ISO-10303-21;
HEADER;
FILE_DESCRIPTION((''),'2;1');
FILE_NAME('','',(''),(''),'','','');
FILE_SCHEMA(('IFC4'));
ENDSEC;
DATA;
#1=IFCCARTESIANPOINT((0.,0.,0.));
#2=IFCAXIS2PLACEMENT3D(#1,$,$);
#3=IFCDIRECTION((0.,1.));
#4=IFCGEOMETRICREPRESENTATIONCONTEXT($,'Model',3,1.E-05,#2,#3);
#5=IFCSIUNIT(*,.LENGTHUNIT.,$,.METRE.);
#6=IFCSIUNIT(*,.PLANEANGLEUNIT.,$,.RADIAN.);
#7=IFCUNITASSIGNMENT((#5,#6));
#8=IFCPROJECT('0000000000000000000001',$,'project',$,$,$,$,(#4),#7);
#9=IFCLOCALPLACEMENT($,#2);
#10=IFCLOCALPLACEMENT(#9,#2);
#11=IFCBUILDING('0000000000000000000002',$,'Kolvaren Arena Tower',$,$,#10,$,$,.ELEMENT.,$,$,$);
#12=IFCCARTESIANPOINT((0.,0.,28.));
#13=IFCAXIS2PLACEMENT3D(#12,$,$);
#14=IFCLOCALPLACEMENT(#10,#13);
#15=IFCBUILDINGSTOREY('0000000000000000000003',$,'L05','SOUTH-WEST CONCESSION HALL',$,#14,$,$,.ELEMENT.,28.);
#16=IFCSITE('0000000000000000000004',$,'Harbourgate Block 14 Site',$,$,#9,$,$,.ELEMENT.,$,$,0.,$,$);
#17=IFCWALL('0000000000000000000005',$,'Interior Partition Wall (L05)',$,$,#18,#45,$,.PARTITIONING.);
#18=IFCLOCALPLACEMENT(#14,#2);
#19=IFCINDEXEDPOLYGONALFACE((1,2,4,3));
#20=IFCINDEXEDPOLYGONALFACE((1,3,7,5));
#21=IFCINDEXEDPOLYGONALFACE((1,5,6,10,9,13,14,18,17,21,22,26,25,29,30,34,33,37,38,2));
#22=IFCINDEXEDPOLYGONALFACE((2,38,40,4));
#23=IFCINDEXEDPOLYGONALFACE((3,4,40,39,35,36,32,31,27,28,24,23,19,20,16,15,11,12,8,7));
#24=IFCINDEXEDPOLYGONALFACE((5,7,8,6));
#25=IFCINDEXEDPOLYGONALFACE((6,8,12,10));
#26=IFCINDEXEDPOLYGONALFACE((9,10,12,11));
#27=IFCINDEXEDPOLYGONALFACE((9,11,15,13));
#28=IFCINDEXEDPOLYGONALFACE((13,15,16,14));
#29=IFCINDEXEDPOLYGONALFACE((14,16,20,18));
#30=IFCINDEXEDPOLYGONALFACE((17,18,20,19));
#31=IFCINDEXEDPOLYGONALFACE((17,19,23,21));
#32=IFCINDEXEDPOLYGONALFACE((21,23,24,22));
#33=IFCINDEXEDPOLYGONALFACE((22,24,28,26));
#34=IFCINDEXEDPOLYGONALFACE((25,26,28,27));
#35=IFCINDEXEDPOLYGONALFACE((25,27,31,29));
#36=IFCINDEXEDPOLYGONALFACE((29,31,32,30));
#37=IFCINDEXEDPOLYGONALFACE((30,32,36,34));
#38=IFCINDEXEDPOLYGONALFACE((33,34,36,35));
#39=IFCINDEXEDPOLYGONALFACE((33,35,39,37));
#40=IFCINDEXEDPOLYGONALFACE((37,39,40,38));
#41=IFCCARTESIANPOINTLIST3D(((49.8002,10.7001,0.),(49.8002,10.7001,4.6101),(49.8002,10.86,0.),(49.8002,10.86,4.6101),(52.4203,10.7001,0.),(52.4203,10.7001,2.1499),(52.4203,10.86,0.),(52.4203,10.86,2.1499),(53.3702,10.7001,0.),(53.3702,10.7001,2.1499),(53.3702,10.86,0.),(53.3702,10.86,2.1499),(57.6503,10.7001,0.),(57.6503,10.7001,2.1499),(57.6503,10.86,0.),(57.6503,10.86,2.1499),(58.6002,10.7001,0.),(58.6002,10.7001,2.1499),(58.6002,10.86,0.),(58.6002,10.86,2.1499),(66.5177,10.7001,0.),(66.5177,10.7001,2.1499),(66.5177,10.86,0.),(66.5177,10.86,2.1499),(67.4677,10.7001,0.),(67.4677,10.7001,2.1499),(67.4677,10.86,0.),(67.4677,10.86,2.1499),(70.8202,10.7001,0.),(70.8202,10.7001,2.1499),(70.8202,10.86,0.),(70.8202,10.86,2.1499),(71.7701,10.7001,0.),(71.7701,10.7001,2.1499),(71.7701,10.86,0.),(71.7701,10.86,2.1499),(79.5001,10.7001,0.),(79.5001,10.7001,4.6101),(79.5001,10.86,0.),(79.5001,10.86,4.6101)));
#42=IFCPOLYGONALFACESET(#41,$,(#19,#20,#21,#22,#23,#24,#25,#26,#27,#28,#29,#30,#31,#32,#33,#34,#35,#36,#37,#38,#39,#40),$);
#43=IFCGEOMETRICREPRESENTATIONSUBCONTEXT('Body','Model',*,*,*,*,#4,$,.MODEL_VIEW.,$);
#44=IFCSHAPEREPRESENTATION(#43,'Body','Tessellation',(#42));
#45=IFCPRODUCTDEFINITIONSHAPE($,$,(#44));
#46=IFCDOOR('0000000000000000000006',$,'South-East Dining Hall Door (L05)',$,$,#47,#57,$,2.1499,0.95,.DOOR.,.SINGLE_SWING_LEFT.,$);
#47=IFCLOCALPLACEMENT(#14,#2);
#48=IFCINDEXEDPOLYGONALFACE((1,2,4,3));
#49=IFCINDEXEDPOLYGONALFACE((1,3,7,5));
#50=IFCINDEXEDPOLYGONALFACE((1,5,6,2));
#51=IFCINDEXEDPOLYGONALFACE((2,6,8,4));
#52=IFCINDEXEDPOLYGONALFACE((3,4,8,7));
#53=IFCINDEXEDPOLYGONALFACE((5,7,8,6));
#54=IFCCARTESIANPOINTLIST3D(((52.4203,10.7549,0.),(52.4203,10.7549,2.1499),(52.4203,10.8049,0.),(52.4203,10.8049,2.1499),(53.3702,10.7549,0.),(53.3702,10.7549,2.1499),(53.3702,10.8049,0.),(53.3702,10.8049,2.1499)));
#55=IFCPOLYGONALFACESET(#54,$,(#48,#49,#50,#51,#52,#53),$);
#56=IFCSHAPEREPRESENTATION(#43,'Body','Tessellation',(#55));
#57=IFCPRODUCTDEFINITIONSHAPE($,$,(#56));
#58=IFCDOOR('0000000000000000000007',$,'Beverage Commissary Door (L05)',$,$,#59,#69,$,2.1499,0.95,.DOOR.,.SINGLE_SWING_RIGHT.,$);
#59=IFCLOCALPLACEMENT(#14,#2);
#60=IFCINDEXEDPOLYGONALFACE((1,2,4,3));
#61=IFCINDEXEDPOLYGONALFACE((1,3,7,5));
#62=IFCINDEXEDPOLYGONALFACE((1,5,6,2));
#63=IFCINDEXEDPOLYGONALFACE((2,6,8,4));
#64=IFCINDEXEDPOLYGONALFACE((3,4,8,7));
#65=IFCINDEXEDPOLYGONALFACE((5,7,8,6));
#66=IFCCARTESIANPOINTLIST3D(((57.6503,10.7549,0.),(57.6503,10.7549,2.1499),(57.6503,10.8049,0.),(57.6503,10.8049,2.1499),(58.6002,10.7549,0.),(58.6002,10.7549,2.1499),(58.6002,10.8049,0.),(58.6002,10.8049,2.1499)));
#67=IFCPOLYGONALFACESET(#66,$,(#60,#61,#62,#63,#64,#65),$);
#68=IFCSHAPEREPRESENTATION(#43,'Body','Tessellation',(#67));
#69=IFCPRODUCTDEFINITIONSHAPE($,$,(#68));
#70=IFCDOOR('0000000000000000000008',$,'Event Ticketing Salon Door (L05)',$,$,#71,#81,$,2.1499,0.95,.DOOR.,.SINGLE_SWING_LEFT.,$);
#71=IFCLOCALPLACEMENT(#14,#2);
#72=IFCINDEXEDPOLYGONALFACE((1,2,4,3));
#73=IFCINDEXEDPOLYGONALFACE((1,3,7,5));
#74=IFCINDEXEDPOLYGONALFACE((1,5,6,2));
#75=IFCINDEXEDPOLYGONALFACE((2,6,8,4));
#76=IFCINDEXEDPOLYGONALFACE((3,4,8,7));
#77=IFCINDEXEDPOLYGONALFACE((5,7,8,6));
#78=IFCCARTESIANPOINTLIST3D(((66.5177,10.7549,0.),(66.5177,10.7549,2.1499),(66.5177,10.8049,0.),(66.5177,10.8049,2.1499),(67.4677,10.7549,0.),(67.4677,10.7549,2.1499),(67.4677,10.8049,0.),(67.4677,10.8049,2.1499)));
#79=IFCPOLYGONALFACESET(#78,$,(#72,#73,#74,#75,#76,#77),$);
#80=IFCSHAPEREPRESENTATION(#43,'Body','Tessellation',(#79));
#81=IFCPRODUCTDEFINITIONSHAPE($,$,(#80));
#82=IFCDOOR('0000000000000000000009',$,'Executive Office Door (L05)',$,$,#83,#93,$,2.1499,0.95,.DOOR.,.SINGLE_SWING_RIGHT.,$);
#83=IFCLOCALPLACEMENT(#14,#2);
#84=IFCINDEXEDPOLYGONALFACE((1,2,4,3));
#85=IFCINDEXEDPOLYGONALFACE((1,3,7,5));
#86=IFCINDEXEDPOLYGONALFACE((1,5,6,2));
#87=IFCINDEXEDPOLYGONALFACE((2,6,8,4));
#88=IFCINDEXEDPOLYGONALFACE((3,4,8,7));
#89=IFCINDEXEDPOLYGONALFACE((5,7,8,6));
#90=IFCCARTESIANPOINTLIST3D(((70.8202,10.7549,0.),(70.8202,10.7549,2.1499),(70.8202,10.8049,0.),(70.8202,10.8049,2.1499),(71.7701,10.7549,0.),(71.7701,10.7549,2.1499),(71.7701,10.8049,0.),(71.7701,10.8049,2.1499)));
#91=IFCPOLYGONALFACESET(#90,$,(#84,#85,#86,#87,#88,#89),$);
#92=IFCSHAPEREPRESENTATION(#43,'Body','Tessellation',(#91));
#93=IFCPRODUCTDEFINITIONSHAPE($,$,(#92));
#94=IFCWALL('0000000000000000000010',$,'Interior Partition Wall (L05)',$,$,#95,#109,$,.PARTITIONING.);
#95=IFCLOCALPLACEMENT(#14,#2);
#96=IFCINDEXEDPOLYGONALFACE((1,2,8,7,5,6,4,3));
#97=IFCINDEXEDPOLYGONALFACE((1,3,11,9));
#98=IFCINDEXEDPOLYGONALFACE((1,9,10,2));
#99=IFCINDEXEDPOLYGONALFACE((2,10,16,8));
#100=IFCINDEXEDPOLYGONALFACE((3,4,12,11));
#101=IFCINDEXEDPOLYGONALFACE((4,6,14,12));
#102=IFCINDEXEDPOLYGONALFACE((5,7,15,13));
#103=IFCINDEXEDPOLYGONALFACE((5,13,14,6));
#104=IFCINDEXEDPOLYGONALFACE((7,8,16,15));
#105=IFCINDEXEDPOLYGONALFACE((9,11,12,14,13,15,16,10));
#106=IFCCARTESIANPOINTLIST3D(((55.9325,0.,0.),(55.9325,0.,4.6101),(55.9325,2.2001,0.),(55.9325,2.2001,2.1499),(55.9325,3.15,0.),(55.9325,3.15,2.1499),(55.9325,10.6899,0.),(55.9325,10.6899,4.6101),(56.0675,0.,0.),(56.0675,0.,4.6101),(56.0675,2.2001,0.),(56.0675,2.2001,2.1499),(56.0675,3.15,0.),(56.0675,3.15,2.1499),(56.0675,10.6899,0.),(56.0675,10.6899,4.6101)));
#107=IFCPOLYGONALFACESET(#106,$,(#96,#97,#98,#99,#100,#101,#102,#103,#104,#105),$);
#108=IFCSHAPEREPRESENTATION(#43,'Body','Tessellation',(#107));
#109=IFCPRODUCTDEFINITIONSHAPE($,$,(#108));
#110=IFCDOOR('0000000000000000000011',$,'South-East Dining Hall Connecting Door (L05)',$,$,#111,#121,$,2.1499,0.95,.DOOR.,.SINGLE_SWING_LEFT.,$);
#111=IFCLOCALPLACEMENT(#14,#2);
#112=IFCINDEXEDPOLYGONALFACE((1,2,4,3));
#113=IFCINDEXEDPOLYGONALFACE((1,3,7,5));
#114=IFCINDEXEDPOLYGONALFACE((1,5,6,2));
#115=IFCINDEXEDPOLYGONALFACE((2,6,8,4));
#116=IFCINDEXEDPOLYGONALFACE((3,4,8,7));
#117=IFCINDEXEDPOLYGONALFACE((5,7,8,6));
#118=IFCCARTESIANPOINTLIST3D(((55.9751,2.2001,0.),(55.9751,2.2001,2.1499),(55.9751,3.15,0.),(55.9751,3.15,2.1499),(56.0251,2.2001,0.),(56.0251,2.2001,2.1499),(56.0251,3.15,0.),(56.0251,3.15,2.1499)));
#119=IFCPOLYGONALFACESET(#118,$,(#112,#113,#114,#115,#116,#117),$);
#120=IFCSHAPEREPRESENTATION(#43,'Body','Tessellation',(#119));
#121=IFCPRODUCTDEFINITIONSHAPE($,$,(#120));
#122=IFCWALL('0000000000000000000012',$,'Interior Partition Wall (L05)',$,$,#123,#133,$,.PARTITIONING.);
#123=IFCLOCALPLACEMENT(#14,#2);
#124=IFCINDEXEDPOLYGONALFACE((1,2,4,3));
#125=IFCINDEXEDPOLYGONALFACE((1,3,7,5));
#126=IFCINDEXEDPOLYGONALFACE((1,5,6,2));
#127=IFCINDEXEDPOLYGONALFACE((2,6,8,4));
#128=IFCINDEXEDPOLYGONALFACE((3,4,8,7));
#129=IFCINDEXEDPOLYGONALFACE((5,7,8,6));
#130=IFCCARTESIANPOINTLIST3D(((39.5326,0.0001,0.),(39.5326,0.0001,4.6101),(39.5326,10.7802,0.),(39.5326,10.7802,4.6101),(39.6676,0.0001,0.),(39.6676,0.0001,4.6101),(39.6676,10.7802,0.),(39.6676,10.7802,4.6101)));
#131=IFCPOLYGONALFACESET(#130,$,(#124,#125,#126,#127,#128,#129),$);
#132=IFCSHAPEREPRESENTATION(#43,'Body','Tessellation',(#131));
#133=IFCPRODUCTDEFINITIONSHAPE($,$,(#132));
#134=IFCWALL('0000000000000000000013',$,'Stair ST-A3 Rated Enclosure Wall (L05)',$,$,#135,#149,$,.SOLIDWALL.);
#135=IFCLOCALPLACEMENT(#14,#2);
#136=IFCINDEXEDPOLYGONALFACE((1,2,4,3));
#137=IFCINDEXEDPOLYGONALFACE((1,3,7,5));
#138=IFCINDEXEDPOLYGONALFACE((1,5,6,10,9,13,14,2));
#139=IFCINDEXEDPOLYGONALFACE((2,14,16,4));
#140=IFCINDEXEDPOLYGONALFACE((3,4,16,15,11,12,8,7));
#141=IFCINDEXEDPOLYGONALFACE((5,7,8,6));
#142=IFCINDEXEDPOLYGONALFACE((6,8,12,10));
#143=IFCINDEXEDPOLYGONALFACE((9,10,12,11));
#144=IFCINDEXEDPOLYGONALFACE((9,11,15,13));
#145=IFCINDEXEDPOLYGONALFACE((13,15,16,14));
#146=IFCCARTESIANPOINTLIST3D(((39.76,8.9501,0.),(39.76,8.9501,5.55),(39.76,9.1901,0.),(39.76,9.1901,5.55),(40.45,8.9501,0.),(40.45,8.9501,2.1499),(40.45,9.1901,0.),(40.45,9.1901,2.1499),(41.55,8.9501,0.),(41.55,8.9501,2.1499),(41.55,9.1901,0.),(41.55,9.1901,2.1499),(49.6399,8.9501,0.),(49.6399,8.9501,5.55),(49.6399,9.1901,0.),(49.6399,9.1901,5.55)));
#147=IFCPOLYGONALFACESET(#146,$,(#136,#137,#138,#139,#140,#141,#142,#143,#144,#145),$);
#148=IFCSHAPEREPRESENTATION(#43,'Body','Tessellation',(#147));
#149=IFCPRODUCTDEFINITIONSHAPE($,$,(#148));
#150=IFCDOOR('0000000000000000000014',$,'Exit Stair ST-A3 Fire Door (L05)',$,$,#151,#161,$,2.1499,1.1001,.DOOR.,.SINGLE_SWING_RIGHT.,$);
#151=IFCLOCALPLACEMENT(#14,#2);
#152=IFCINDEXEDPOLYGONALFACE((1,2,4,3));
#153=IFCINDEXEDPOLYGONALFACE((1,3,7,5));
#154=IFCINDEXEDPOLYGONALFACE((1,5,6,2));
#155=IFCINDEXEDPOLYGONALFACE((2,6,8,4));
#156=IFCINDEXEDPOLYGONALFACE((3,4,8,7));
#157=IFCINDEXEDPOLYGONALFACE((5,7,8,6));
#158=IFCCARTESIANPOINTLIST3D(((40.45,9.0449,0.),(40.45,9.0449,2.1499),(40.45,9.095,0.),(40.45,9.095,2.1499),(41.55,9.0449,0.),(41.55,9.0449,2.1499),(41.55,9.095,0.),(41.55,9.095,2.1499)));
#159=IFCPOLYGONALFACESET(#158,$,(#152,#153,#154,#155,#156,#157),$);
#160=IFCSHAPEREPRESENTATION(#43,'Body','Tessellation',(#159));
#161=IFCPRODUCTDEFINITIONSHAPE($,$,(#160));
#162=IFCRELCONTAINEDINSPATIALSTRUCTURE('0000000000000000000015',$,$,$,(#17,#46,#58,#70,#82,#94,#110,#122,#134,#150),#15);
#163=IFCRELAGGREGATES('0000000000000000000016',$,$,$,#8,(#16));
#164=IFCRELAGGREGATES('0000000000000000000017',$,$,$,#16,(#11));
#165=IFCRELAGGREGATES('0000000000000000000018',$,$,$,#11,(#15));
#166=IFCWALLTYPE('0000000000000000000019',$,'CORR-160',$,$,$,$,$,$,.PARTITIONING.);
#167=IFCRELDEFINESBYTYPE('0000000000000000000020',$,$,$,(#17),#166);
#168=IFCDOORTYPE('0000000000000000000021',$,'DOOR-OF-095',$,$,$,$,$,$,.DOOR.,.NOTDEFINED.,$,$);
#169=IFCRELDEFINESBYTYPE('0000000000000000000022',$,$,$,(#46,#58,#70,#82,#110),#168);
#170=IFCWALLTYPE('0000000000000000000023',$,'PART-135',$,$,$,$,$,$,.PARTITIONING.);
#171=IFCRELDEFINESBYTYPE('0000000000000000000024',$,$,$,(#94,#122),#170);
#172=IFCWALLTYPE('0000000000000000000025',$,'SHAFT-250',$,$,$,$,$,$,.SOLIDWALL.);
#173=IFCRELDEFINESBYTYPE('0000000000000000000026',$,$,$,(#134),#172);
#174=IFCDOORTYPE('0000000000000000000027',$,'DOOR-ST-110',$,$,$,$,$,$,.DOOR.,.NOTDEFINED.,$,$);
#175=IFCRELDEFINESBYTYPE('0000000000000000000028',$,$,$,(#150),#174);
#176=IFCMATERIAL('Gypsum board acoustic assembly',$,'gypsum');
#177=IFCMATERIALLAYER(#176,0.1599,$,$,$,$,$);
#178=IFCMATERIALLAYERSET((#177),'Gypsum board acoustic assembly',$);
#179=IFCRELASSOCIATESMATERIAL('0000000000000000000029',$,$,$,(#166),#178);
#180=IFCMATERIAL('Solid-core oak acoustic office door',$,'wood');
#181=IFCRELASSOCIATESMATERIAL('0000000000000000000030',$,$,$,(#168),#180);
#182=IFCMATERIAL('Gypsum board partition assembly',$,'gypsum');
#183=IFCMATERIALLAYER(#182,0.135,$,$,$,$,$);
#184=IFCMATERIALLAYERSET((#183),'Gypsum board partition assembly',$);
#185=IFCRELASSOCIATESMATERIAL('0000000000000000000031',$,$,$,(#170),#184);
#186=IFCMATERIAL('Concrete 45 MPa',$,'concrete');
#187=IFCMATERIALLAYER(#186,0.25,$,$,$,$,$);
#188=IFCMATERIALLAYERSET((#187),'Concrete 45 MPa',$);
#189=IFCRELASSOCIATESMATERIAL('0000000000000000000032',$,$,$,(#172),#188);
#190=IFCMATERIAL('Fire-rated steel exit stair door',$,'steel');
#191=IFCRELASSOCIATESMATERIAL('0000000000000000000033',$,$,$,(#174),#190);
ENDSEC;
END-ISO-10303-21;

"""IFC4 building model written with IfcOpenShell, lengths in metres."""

from ifc_helpers import new_model, si_unit, direction, frame, frame_2d, origin, place, context, subcontext, project, spatial, rectangle, extrude, material, layer, layer_set, type_object, element, fill, save


model = new_model("IFC4")

# Units and contexts
model_context = context("Model", 3, precision=1e-05, world=origin(), true_north=direction((0.0, 1.0)))
body_context = subcontext(model_context, "Body", "Model", "MODEL_VIEW")
ifc_project = project(units=[si_unit("LENGTHUNIT", "METRE"), si_unit("PLANEANGLEUNIT", "RADIAN")], contexts=[model_context])

# Site, building, storey
site_placement = place(None, origin())
site = spatial("IfcSite", under=ifc_project, at=site_placement, Name="Harbourgate Block 14 Site", CompositionType="ELEMENT", RefElevation=0.0)
building_placement = place(site_placement, origin())
building = spatial("IfcBuilding", under=site, at=building_placement, Name="Kolvaren Arena Tower", CompositionType="ELEMENT")
storey_placement = place(building_placement, frame((0.0, 0.0, 28.0)))
storey = spatial("IfcBuildingStorey", under=building, at=storey_placement, Name="L05", Description="SOUTH-WEST CONCESSION HALL", CompositionType="ELEMENT", Elevation=28.0)

# Wall, openings, doors
ifc_material_1 = material(Name="Gypsum board acoustic assembly", Category="gypsum")
ifc_layer_1 = layer(ifc_material_1, 0.1599)
ifc_layer_set_1 = layer_set([ifc_layer_1], Name="Gypsum board acoustic assembly")
wall_type_1 = type_object("IfcWallType", Name="CORR-160", PredefinedType="PARTITIONING", material=ifc_layer_set_1)
wall_1_placement = place(storey_placement, frame((49.8, 10.78, 0.0), z_axis=(0.0, 0.0, 1.0), x_axis=(1.0, 0.0, 0.0)))
wall_1 = element("IfcWall", 1, at=wall_1_placement, inside=storey, type_object=wall_type_1, Name="Interior Partition Wall (L05)", PredefinedType="PARTITIONING", context=body_context, shape_type="SweptSolid", body=[
    extrude(rectangle(XDim=29.7, YDim=0.1599, at=frame_2d((14.8501, 0.0))), origin(), (0.0, 0.0, 1.0), 4.6101),
])
opening_1_placement = place(wall_1_placement, frame((2.6201, 0.0, 0.0)))
opening_1 = element("IfcOpeningElement", 2, at=opening_1_placement, cuts=wall_1, PredefinedType="OPENING", context=body_context, shape_type="SweptSolid", body=[
    extrude(rectangle(XDim=0.95, YDim=2.1499, at=frame_2d((0.4751, 1.075))), frame((0.0, 0.0898, 0.0), z_axis=(0.0, -1.0, 0.0), x_axis=(1.0, 0.0, 0.0)), (0.0, 0.0, 1.0), 0.1799),
])
opening_2_placement = place(wall_1_placement, frame((7.8501, 0.0, 0.0)))
opening_2 = element("IfcOpeningElement", 3, at=opening_2_placement, cuts=wall_1, PredefinedType="OPENING", context=body_context, shape_type="SweptSolid", body=[
    extrude(rectangle(XDim=0.95, YDim=2.1499, at=frame_2d((0.4751, 1.075))), frame((0.0, 0.0898, 0.0), z_axis=(0.0, -1.0, 0.0), x_axis=(1.0, 0.0, 0.0)), (0.0, 0.0, 1.0), 0.1799),
])
opening_3_placement = place(wall_1_placement, frame((16.7175, 0.0, 0.0)))
opening_3 = element("IfcOpeningElement", 4, at=opening_3_placement, cuts=wall_1, PredefinedType="OPENING", context=body_context, shape_type="SweptSolid", body=[
    extrude(rectangle(XDim=0.95, YDim=2.1499, at=frame_2d((0.4751, 1.075))), frame((0.0, 0.0898, 0.0), z_axis=(0.0, -1.0, 0.0), x_axis=(1.0, 0.0, 0.0)), (0.0, 0.0, 1.0), 0.1799),
])
opening_4_placement = place(wall_1_placement, frame((21.02, 0.0, 0.0)))
opening_4 = element("IfcOpeningElement", 5, at=opening_4_placement, cuts=wall_1, PredefinedType="OPENING", context=body_context, shape_type="SweptSolid", body=[
    extrude(rectangle(XDim=0.95, YDim=2.1499, at=frame_2d((0.4751, 1.075))), frame((0.0, 0.0898, 0.0), z_axis=(0.0, -1.0, 0.0), x_axis=(1.0, 0.0, 0.0)), (0.0, 0.0, 1.0), 0.1799),
])
ifc_material_2 = material(Name="Solid-core oak acoustic office door", Category="wood")
door_type_1 = type_object("IfcDoorType", Name="DOOR-OF-095", OperationType="NOTDEFINED", PredefinedType="DOOR", material=ifc_material_2)
door_1_placement = place(opening_1_placement, origin())
door_1 = element("IfcDoor", 6, at=door_1_placement, inside=storey, type_object=door_type_1, Name="South-East Dining Hall Door (L05)", OperationType="SINGLE_SWING_LEFT", OverallHeight=2.1499, OverallWidth=0.95, PredefinedType="DOOR", context=body_context, shape_type="SweptSolid", body=[
    extrude(rectangle(XDim=0.95, YDim=2.1499, at=frame_2d((0.4751, 1.075))), frame((0.0, 0.0249, 0.0), z_axis=(0.0, -1.0, 0.0), x_axis=(1.0, 0.0, 0.0)), (0.0, 0.0, 1.0), 0.05),
])
fill(opening_1, door_1)
door_2_placement = place(opening_2_placement, origin())
door_2 = element("IfcDoor", 7, at=door_2_placement, inside=storey, type_object=door_type_1, Name="Beverage Commissary Door (L05)", OperationType="SINGLE_SWING_RIGHT", OverallHeight=2.1499, OverallWidth=0.95, PredefinedType="DOOR", context=body_context, shape_type="SweptSolid", body=[
    extrude(rectangle(XDim=0.95, YDim=2.1499, at=frame_2d((0.4751, 1.075))), frame((0.0, 0.0249, 0.0), z_axis=(0.0, -1.0, 0.0), x_axis=(1.0, 0.0, 0.0)), (0.0, 0.0, 1.0), 0.05),
])
fill(opening_2, door_2)
door_3_placement = place(opening_3_placement, origin())
door_3 = element("IfcDoor", 8, at=door_3_placement, inside=storey, type_object=door_type_1, Name="Event Ticketing Salon Door (L05)", OperationType="SINGLE_SWING_LEFT", OverallHeight=2.1499, OverallWidth=0.95, PredefinedType="DOOR", context=body_context, shape_type="SweptSolid", body=[
    extrude(rectangle(XDim=0.95, YDim=2.1499, at=frame_2d((0.4751, 1.075))), frame((0.0, 0.0249, 0.0), z_axis=(0.0, -1.0, 0.0), x_axis=(1.0, 0.0, 0.0)), (0.0, 0.0, 1.0), 0.05),
])
fill(opening_3, door_3)
door_4_placement = place(opening_4_placement, origin())
door_4 = element("IfcDoor", 9, at=door_4_placement, inside=storey, type_object=door_type_1, Name="Executive Office Door (L05)", OperationType="SINGLE_SWING_RIGHT", OverallHeight=2.1499, OverallWidth=0.95, PredefinedType="DOOR", context=body_context, shape_type="SweptSolid", body=[
    extrude(rectangle(XDim=0.95, YDim=2.1499, at=frame_2d((0.4751, 1.075))), frame((0.0, 0.0249, 0.0), z_axis=(0.0, -1.0, 0.0), x_axis=(1.0, 0.0, 0.0)), (0.0, 0.0, 1.0), 0.05),
])
fill(opening_4, door_4)

# Wall, opening, door
ifc_material_3 = material(Name="Gypsum board partition assembly", Category="gypsum")
ifc_layer_2 = layer(ifc_material_3, 0.135)
ifc_layer_set_2 = layer_set([ifc_layer_2], Name="Gypsum board partition assembly")
wall_type_2 = type_object("IfcWallType", Name="PART-135", PredefinedType="PARTITIONING", material=ifc_layer_set_2)
wall_2_placement = place(storey_placement, frame((56.0, 0.0, 0.0), z_axis=(0.0, 0.0, 1.0), x_axis=(0.0, 1.0, 0.0)))
wall_2 = element("IfcWall", 10, at=wall_2_placement, inside=storey, type_object=wall_type_2, Name="Interior Partition Wall (L05)", PredefinedType="PARTITIONING", context=body_context, shape_type="SweptSolid", body=[
    extrude(rectangle(XDim=10.6899, YDim=0.135, at=frame_2d((5.345, 0.0))), origin(), (0.0, 0.0, 1.0), 4.6101),
])
opening_5_placement = place(wall_2_placement, frame((2.2, 0.0, 0.0)))
opening_5 = element("IfcOpeningElement", 11, at=opening_5_placement, cuts=wall_2, PredefinedType="OPENING", context=body_context, shape_type="SweptSolid", body=[
    extrude(rectangle(XDim=0.95, YDim=2.1499, at=frame_2d((0.4751, 1.075))), frame((0.0, 0.0774, 0.0), z_axis=(0.0, -1.0, 0.0), x_axis=(1.0, 0.0, 0.0)), (0.0, 0.0, 1.0), 0.155),
])
door_5_placement = place(opening_5_placement, origin())
door_5 = element("IfcDoor", 12, at=door_5_placement, inside=storey, type_object=door_type_1, Name="South-East Dining Hall Connecting Door (L05)", OperationType="SINGLE_SWING_LEFT", OverallHeight=2.1499, OverallWidth=0.95, PredefinedType="DOOR", context=body_context, shape_type="SweptSolid", body=[
    extrude(rectangle(XDim=0.95, YDim=2.1499, at=frame_2d((0.4751, 1.075))), frame((0.0, 0.0249, 0.0), z_axis=(0.0, -1.0, 0.0), x_axis=(1.0, 0.0, 0.0)), (0.0, 0.0, 1.0), 0.05),
])
fill(opening_5, door_5)

# Wall
wall_3_placement = place(storey_placement, frame((39.6001, 0.0, 0.0), z_axis=(0.0, 0.0, 1.0), x_axis=(0.0, 1.0, 0.0)))
element("IfcWall", 13, at=wall_3_placement, inside=storey, type_object=wall_type_2, Name="Interior Partition Wall (L05)", PredefinedType="PARTITIONING", context=body_context, shape_type="SweptSolid", body=[
    extrude(rectangle(XDim=10.78, YDim=0.135, at=frame_2d((5.3901, 0.0))), origin(), (0.0, 0.0, 1.0), 4.6101),
])

# Wall, opening, door
ifc_material_4 = material(Name="Concrete 45 MPa", Category="concrete")
ifc_layer_3 = layer(ifc_material_4, 0.25)
ifc_layer_set_3 = layer_set([ifc_layer_3], Name="Concrete 45 MPa")
wall_type_3 = type_object("IfcWallType", Name="SHAFT-250", PredefinedType="SOLIDWALL", material=ifc_layer_set_3)
wall_4_placement = place(storey_placement, frame((39.76, 9.0701, 0.0), z_axis=(0.0, 0.0, 1.0), x_axis=(1.0, 0.0, 0.0)))
wall_4 = element("IfcWall", 14, at=wall_4_placement, inside=storey, type_object=wall_type_3, Name="Stair ST-A3 Rated Enclosure Wall (L05)", PredefinedType="SOLIDWALL", context=body_context, shape_type="SweptSolid", body=[
    extrude(rectangle(XDim=9.8799, YDim=0.24, at=frame_2d((4.9399, 0.0))), origin(), (0.0, 0.0, 1.0), 5.55),
])
opening_6_placement = place(wall_4_placement, frame((0.6899, 0.0, 0.0)))
opening_6 = element("IfcOpeningElement", 15, at=opening_6_placement, cuts=wall_4, PredefinedType="OPENING", context=body_context, shape_type="SweptSolid", body=[
    extrude(rectangle(XDim=1.1001, YDim=2.1499, at=frame_2d((0.55, 1.075))), frame((0.0, 0.1299, 0.0), z_axis=(0.0, -1.0, 0.0), x_axis=(1.0, 0.0, 0.0)), (0.0, 0.0, 1.0), 0.26),
])
ifc_material_5 = material(Name="Fire-rated steel exit stair door", Category="steel")
door_type_2 = type_object("IfcDoorType", Name="DOOR-ST-110", OperationType="NOTDEFINED", PredefinedType="DOOR", material=ifc_material_5)
door_6_placement = place(opening_6_placement, origin())
door_6 = element("IfcDoor", 16, at=door_6_placement, inside=storey, type_object=door_type_2, Name="Exit Stair ST-A3 Fire Door (L05)", OperationType="SINGLE_SWING_RIGHT", OverallHeight=2.1499, OverallWidth=1.1001, PredefinedType="DOOR", context=body_context, shape_type="SweptSolid", body=[
    extrude(rectangle(XDim=1.1001, YDim=2.1499, at=frame_2d((0.55, 1.075))), frame((0.0, 0.0249, 0.0), z_axis=(0.0, -1.0, 0.0), x_axis=(1.0, 0.0, 0.0)), (0.0, 0.0, 1.0), 0.05),
])
fill(opening_6, door_6)

save(model, "model.ifc")
